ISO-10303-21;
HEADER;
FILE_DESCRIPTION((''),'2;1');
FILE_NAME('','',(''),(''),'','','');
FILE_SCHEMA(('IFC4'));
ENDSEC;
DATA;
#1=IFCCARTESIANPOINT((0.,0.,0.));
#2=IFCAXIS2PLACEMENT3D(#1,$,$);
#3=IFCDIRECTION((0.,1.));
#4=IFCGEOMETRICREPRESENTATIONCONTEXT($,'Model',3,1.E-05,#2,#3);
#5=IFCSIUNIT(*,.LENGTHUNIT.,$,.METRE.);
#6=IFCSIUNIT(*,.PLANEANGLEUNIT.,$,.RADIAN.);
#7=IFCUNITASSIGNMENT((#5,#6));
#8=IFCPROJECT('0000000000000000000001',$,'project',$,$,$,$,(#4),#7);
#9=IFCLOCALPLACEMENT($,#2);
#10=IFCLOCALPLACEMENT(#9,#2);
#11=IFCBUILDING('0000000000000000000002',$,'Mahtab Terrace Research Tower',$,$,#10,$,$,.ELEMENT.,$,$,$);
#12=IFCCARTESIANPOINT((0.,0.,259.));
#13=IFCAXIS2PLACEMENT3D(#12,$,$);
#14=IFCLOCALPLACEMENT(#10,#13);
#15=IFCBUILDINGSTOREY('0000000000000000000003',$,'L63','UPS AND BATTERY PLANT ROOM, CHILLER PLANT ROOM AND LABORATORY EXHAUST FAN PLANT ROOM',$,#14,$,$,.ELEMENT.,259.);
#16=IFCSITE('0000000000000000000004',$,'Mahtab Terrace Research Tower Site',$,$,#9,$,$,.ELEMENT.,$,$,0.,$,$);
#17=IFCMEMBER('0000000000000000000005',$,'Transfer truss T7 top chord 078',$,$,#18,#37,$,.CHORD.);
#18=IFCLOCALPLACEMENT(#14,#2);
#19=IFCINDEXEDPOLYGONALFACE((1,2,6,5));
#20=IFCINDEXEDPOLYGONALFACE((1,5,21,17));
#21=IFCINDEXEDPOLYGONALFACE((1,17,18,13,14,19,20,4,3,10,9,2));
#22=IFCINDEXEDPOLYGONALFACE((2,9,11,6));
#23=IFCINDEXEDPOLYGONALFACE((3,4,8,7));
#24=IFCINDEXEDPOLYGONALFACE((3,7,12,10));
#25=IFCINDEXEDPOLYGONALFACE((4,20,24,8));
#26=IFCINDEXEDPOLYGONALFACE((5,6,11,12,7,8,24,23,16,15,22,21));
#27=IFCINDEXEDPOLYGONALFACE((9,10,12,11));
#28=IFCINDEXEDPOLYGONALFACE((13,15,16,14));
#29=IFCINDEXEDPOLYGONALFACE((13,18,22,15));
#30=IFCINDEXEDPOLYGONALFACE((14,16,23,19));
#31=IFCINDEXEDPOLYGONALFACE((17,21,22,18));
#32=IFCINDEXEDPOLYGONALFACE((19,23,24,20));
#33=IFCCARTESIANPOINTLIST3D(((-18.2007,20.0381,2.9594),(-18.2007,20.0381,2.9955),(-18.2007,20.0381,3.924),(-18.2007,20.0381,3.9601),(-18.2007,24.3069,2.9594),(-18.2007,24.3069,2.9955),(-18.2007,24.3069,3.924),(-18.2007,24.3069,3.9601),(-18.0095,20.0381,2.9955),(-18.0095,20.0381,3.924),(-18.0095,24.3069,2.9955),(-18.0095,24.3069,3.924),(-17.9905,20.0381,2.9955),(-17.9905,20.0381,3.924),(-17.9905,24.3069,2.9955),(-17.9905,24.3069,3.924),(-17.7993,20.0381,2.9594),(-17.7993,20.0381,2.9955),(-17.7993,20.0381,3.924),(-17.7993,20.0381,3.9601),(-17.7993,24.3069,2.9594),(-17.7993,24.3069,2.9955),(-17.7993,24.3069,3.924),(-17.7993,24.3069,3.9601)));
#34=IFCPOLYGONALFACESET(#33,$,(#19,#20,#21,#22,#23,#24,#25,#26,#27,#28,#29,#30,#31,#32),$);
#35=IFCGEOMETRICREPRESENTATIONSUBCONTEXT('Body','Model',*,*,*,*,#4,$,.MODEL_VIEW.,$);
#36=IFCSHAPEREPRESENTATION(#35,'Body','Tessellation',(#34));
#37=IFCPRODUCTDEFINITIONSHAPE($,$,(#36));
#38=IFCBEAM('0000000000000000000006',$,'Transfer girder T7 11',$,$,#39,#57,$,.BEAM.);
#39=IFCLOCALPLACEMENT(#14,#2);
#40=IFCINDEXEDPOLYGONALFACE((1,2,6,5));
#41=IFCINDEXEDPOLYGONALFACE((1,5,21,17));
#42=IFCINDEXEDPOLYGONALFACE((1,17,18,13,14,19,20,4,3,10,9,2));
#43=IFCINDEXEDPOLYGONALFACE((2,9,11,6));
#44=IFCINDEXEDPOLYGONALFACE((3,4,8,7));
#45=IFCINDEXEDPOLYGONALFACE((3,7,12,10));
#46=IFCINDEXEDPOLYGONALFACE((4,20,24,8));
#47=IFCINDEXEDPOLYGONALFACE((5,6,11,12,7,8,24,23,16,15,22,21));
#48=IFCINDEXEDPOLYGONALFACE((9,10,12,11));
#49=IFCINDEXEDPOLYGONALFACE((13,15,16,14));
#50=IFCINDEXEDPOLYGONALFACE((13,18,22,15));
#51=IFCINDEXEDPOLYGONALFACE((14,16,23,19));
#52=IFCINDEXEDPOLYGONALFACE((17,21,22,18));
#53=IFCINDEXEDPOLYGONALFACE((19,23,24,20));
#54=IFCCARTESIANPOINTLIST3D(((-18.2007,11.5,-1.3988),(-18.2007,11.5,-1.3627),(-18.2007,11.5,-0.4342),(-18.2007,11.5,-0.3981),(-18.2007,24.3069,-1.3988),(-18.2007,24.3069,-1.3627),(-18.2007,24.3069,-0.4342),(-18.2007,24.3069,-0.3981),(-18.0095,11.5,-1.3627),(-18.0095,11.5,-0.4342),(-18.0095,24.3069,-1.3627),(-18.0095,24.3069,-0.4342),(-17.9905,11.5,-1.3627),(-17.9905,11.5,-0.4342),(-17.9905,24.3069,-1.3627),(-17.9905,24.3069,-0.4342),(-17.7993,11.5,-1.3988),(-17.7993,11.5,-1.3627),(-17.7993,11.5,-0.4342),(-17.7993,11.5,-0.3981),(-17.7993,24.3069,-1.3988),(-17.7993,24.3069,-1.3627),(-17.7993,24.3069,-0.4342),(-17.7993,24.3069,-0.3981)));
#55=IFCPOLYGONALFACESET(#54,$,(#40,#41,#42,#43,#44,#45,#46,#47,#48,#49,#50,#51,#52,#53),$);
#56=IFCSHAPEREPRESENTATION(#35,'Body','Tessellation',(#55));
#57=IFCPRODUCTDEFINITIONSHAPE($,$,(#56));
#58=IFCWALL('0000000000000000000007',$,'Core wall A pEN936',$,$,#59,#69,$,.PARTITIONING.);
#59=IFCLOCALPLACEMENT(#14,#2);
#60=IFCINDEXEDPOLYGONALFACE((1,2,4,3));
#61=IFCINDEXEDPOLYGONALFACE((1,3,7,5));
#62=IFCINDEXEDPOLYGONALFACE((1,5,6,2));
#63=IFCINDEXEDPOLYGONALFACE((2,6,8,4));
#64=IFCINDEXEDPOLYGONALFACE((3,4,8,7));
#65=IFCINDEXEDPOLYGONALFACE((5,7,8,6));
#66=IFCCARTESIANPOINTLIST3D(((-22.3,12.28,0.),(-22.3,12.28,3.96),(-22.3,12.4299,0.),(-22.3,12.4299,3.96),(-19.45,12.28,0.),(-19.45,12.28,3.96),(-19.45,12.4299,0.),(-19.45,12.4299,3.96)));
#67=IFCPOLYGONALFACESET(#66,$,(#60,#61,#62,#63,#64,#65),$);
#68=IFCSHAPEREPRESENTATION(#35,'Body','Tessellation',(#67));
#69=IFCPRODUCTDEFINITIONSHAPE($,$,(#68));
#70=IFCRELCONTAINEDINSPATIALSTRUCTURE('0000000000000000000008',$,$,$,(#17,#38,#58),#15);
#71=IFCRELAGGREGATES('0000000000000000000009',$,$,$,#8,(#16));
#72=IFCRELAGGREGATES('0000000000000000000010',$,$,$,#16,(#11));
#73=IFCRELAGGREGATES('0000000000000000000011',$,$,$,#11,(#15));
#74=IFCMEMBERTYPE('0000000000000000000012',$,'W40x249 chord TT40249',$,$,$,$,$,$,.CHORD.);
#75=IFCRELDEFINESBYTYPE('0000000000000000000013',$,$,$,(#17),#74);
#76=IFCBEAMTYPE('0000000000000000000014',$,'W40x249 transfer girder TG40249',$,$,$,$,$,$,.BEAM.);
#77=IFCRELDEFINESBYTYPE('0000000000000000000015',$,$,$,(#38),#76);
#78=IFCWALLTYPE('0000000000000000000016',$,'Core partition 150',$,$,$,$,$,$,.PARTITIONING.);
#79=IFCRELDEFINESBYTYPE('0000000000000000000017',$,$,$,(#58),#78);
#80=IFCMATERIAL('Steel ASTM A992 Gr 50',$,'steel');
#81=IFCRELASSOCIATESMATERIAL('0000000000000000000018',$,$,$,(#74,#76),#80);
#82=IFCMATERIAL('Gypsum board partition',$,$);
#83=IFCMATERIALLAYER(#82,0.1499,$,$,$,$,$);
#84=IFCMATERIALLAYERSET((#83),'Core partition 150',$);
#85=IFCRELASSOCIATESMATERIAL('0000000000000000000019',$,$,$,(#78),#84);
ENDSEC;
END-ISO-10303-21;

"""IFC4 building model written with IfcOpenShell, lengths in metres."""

from ifc_helpers import new_model, si_unit, direction, frame, frame_2d, origin, origin_2d, place, context, subcontext, project, spatial, rectangle, i_section, extrude, material, layer, layer_set, material_profile, profile_set, type_object, element, save


model = new_model("IFC4")

# Units and contexts
model_context = context("Model", 3, precision=1e-05, world=origin(), true_north=direction((0.0, 1.0)))
body_context = subcontext(model_context, "Body", "Model", "MODEL_VIEW")
ifc_project = project(units=[si_unit("LENGTHUNIT", "METRE"), si_unit("PLANEANGLEUNIT", "RADIAN")], contexts=[model_context])

# Site, building, storey
site_placement = place(None, origin())
site = spatial("IfcSite", under=ifc_project, at=site_placement, Name="Mahtab Terrace Research Tower Site", CompositionType="ELEMENT", RefElevation=0.0)
building_placement = place(site_placement, origin())
building = spatial("IfcBuilding", under=site, at=building_placement, Name="Mahtab Terrace Research Tower", CompositionType="ELEMENT")
storey_placement = place(building_placement, frame((0.0, 0.0, 259.0)))
storey = spatial("IfcBuildingStorey", under=building, at=storey_placement, Name="L63", Description="UPS AND BATTERY PLANT ROOM, CHILLER PLANT ROOM AND LABORATORY EXHAUST FAN PLANT ROOM", CompositionType="ELEMENT", Elevation=259.0)

# Member
ifc_material_1 = material(Name="Steel ASTM A992 Gr 50", Category="steel")
ifc_material_profile_1 = material_profile(ifc_material_1, i_section(OverallWidth=0.4014, OverallDepth=1.0007, WebThickness=0.019, FlangeThickness=0.0361, at=origin_2d()), Name="W40X249")
ifc_profile_set_1 = profile_set([ifc_material_profile_1], Name="Steel ASTM A992 Gr 50")
member_type_1 = type_object("IfcMemberType", Name="W40x249 chord TT40249", PredefinedType="CHORD", material=ifc_profile_set_1)
member_1_placement = place(storey_placement, frame((-18.0, 20.0381, 3.4597), z_axis=(0.0, 1.0, 0.0), x_axis=(-1.0, 0.0, 0.0)))
element("IfcMember", 1, at=member_1_placement, inside=storey, type_object=member_type_1, Name="Transfer truss T7 top chord 078", PredefinedType="CHORD", context=body_context, shape_type="SweptSolid", body=[
    extrude(i_section(OverallWidth=0.4014, OverallDepth=1.0007, WebThickness=0.019, FlangeThickness=0.0361, at=origin_2d()), origin(), (0.0, 0.0, 1.0), 4.2688),
])

# Beam
ifc_material_profile_2 = material_profile(ifc_material_1, i_section(OverallWidth=0.4014, OverallDepth=1.0007, WebThickness=0.019, FlangeThickness=0.0361, at=origin_2d()), Name="W40X249")
ifc_profile_set_2 = profile_set([ifc_material_profile_2], Name="Steel ASTM A992 Gr 50")
beam_type = type_object("IfcBeamType", Name="W40x249 transfer girder TG40249", PredefinedType="BEAM", material=ifc_profile_set_2)
beam_placement = place(storey_placement, frame((-18.0, 11.5, -0.8984), z_axis=(0.0, 1.0, 0.0), x_axis=(-1.0, 0.0, 0.0)))
element("IfcBeam", 2, at=beam_placement, inside=storey, type_object=beam_type, Name="Transfer girder T7 11", PredefinedType="BEAM", context=body_context, shape_type="SweptSolid", body=[
    extrude(i_section(OverallWidth=0.4014, OverallDepth=1.0007, WebThickness=0.019, FlangeThickness=0.0361, at=origin_2d()), origin(), (0.0, 0.0, 1.0), 12.8069),
])

# Wall
ifc_material_2 = material(Name="Gypsum board partition")
ifc_layer_1 = layer(ifc_material_2, 0.1499)
ifc_layer_set_1 = layer_set([ifc_layer_1], Name="Core partition 150")
wall_type_1 = type_object("IfcWallType", Name="Core partition 150", PredefinedType="PARTITIONING", material=ifc_layer_set_1)
wall_1_placement = place(storey_placement, frame((-22.3, 12.355, 0.0), z_axis=(0.0, 0.0, 1.0), x_axis=(1.0, 0.0, 0.0)))
element("IfcWall", 3, at=wall_1_placement, inside=storey, type_object=wall_type_1, Name="Core wall A pEN936", PredefinedType="PARTITIONING", context=body_context, shape_type="SweptSolid", body=[
    extrude(rectangle(XDim=2.8501, YDim=0.1499, at=frame_2d((1.425, 0.0))), origin(), (0.0, 0.0, 1.0), 3.96),
])

save(model, "model.ifc")
